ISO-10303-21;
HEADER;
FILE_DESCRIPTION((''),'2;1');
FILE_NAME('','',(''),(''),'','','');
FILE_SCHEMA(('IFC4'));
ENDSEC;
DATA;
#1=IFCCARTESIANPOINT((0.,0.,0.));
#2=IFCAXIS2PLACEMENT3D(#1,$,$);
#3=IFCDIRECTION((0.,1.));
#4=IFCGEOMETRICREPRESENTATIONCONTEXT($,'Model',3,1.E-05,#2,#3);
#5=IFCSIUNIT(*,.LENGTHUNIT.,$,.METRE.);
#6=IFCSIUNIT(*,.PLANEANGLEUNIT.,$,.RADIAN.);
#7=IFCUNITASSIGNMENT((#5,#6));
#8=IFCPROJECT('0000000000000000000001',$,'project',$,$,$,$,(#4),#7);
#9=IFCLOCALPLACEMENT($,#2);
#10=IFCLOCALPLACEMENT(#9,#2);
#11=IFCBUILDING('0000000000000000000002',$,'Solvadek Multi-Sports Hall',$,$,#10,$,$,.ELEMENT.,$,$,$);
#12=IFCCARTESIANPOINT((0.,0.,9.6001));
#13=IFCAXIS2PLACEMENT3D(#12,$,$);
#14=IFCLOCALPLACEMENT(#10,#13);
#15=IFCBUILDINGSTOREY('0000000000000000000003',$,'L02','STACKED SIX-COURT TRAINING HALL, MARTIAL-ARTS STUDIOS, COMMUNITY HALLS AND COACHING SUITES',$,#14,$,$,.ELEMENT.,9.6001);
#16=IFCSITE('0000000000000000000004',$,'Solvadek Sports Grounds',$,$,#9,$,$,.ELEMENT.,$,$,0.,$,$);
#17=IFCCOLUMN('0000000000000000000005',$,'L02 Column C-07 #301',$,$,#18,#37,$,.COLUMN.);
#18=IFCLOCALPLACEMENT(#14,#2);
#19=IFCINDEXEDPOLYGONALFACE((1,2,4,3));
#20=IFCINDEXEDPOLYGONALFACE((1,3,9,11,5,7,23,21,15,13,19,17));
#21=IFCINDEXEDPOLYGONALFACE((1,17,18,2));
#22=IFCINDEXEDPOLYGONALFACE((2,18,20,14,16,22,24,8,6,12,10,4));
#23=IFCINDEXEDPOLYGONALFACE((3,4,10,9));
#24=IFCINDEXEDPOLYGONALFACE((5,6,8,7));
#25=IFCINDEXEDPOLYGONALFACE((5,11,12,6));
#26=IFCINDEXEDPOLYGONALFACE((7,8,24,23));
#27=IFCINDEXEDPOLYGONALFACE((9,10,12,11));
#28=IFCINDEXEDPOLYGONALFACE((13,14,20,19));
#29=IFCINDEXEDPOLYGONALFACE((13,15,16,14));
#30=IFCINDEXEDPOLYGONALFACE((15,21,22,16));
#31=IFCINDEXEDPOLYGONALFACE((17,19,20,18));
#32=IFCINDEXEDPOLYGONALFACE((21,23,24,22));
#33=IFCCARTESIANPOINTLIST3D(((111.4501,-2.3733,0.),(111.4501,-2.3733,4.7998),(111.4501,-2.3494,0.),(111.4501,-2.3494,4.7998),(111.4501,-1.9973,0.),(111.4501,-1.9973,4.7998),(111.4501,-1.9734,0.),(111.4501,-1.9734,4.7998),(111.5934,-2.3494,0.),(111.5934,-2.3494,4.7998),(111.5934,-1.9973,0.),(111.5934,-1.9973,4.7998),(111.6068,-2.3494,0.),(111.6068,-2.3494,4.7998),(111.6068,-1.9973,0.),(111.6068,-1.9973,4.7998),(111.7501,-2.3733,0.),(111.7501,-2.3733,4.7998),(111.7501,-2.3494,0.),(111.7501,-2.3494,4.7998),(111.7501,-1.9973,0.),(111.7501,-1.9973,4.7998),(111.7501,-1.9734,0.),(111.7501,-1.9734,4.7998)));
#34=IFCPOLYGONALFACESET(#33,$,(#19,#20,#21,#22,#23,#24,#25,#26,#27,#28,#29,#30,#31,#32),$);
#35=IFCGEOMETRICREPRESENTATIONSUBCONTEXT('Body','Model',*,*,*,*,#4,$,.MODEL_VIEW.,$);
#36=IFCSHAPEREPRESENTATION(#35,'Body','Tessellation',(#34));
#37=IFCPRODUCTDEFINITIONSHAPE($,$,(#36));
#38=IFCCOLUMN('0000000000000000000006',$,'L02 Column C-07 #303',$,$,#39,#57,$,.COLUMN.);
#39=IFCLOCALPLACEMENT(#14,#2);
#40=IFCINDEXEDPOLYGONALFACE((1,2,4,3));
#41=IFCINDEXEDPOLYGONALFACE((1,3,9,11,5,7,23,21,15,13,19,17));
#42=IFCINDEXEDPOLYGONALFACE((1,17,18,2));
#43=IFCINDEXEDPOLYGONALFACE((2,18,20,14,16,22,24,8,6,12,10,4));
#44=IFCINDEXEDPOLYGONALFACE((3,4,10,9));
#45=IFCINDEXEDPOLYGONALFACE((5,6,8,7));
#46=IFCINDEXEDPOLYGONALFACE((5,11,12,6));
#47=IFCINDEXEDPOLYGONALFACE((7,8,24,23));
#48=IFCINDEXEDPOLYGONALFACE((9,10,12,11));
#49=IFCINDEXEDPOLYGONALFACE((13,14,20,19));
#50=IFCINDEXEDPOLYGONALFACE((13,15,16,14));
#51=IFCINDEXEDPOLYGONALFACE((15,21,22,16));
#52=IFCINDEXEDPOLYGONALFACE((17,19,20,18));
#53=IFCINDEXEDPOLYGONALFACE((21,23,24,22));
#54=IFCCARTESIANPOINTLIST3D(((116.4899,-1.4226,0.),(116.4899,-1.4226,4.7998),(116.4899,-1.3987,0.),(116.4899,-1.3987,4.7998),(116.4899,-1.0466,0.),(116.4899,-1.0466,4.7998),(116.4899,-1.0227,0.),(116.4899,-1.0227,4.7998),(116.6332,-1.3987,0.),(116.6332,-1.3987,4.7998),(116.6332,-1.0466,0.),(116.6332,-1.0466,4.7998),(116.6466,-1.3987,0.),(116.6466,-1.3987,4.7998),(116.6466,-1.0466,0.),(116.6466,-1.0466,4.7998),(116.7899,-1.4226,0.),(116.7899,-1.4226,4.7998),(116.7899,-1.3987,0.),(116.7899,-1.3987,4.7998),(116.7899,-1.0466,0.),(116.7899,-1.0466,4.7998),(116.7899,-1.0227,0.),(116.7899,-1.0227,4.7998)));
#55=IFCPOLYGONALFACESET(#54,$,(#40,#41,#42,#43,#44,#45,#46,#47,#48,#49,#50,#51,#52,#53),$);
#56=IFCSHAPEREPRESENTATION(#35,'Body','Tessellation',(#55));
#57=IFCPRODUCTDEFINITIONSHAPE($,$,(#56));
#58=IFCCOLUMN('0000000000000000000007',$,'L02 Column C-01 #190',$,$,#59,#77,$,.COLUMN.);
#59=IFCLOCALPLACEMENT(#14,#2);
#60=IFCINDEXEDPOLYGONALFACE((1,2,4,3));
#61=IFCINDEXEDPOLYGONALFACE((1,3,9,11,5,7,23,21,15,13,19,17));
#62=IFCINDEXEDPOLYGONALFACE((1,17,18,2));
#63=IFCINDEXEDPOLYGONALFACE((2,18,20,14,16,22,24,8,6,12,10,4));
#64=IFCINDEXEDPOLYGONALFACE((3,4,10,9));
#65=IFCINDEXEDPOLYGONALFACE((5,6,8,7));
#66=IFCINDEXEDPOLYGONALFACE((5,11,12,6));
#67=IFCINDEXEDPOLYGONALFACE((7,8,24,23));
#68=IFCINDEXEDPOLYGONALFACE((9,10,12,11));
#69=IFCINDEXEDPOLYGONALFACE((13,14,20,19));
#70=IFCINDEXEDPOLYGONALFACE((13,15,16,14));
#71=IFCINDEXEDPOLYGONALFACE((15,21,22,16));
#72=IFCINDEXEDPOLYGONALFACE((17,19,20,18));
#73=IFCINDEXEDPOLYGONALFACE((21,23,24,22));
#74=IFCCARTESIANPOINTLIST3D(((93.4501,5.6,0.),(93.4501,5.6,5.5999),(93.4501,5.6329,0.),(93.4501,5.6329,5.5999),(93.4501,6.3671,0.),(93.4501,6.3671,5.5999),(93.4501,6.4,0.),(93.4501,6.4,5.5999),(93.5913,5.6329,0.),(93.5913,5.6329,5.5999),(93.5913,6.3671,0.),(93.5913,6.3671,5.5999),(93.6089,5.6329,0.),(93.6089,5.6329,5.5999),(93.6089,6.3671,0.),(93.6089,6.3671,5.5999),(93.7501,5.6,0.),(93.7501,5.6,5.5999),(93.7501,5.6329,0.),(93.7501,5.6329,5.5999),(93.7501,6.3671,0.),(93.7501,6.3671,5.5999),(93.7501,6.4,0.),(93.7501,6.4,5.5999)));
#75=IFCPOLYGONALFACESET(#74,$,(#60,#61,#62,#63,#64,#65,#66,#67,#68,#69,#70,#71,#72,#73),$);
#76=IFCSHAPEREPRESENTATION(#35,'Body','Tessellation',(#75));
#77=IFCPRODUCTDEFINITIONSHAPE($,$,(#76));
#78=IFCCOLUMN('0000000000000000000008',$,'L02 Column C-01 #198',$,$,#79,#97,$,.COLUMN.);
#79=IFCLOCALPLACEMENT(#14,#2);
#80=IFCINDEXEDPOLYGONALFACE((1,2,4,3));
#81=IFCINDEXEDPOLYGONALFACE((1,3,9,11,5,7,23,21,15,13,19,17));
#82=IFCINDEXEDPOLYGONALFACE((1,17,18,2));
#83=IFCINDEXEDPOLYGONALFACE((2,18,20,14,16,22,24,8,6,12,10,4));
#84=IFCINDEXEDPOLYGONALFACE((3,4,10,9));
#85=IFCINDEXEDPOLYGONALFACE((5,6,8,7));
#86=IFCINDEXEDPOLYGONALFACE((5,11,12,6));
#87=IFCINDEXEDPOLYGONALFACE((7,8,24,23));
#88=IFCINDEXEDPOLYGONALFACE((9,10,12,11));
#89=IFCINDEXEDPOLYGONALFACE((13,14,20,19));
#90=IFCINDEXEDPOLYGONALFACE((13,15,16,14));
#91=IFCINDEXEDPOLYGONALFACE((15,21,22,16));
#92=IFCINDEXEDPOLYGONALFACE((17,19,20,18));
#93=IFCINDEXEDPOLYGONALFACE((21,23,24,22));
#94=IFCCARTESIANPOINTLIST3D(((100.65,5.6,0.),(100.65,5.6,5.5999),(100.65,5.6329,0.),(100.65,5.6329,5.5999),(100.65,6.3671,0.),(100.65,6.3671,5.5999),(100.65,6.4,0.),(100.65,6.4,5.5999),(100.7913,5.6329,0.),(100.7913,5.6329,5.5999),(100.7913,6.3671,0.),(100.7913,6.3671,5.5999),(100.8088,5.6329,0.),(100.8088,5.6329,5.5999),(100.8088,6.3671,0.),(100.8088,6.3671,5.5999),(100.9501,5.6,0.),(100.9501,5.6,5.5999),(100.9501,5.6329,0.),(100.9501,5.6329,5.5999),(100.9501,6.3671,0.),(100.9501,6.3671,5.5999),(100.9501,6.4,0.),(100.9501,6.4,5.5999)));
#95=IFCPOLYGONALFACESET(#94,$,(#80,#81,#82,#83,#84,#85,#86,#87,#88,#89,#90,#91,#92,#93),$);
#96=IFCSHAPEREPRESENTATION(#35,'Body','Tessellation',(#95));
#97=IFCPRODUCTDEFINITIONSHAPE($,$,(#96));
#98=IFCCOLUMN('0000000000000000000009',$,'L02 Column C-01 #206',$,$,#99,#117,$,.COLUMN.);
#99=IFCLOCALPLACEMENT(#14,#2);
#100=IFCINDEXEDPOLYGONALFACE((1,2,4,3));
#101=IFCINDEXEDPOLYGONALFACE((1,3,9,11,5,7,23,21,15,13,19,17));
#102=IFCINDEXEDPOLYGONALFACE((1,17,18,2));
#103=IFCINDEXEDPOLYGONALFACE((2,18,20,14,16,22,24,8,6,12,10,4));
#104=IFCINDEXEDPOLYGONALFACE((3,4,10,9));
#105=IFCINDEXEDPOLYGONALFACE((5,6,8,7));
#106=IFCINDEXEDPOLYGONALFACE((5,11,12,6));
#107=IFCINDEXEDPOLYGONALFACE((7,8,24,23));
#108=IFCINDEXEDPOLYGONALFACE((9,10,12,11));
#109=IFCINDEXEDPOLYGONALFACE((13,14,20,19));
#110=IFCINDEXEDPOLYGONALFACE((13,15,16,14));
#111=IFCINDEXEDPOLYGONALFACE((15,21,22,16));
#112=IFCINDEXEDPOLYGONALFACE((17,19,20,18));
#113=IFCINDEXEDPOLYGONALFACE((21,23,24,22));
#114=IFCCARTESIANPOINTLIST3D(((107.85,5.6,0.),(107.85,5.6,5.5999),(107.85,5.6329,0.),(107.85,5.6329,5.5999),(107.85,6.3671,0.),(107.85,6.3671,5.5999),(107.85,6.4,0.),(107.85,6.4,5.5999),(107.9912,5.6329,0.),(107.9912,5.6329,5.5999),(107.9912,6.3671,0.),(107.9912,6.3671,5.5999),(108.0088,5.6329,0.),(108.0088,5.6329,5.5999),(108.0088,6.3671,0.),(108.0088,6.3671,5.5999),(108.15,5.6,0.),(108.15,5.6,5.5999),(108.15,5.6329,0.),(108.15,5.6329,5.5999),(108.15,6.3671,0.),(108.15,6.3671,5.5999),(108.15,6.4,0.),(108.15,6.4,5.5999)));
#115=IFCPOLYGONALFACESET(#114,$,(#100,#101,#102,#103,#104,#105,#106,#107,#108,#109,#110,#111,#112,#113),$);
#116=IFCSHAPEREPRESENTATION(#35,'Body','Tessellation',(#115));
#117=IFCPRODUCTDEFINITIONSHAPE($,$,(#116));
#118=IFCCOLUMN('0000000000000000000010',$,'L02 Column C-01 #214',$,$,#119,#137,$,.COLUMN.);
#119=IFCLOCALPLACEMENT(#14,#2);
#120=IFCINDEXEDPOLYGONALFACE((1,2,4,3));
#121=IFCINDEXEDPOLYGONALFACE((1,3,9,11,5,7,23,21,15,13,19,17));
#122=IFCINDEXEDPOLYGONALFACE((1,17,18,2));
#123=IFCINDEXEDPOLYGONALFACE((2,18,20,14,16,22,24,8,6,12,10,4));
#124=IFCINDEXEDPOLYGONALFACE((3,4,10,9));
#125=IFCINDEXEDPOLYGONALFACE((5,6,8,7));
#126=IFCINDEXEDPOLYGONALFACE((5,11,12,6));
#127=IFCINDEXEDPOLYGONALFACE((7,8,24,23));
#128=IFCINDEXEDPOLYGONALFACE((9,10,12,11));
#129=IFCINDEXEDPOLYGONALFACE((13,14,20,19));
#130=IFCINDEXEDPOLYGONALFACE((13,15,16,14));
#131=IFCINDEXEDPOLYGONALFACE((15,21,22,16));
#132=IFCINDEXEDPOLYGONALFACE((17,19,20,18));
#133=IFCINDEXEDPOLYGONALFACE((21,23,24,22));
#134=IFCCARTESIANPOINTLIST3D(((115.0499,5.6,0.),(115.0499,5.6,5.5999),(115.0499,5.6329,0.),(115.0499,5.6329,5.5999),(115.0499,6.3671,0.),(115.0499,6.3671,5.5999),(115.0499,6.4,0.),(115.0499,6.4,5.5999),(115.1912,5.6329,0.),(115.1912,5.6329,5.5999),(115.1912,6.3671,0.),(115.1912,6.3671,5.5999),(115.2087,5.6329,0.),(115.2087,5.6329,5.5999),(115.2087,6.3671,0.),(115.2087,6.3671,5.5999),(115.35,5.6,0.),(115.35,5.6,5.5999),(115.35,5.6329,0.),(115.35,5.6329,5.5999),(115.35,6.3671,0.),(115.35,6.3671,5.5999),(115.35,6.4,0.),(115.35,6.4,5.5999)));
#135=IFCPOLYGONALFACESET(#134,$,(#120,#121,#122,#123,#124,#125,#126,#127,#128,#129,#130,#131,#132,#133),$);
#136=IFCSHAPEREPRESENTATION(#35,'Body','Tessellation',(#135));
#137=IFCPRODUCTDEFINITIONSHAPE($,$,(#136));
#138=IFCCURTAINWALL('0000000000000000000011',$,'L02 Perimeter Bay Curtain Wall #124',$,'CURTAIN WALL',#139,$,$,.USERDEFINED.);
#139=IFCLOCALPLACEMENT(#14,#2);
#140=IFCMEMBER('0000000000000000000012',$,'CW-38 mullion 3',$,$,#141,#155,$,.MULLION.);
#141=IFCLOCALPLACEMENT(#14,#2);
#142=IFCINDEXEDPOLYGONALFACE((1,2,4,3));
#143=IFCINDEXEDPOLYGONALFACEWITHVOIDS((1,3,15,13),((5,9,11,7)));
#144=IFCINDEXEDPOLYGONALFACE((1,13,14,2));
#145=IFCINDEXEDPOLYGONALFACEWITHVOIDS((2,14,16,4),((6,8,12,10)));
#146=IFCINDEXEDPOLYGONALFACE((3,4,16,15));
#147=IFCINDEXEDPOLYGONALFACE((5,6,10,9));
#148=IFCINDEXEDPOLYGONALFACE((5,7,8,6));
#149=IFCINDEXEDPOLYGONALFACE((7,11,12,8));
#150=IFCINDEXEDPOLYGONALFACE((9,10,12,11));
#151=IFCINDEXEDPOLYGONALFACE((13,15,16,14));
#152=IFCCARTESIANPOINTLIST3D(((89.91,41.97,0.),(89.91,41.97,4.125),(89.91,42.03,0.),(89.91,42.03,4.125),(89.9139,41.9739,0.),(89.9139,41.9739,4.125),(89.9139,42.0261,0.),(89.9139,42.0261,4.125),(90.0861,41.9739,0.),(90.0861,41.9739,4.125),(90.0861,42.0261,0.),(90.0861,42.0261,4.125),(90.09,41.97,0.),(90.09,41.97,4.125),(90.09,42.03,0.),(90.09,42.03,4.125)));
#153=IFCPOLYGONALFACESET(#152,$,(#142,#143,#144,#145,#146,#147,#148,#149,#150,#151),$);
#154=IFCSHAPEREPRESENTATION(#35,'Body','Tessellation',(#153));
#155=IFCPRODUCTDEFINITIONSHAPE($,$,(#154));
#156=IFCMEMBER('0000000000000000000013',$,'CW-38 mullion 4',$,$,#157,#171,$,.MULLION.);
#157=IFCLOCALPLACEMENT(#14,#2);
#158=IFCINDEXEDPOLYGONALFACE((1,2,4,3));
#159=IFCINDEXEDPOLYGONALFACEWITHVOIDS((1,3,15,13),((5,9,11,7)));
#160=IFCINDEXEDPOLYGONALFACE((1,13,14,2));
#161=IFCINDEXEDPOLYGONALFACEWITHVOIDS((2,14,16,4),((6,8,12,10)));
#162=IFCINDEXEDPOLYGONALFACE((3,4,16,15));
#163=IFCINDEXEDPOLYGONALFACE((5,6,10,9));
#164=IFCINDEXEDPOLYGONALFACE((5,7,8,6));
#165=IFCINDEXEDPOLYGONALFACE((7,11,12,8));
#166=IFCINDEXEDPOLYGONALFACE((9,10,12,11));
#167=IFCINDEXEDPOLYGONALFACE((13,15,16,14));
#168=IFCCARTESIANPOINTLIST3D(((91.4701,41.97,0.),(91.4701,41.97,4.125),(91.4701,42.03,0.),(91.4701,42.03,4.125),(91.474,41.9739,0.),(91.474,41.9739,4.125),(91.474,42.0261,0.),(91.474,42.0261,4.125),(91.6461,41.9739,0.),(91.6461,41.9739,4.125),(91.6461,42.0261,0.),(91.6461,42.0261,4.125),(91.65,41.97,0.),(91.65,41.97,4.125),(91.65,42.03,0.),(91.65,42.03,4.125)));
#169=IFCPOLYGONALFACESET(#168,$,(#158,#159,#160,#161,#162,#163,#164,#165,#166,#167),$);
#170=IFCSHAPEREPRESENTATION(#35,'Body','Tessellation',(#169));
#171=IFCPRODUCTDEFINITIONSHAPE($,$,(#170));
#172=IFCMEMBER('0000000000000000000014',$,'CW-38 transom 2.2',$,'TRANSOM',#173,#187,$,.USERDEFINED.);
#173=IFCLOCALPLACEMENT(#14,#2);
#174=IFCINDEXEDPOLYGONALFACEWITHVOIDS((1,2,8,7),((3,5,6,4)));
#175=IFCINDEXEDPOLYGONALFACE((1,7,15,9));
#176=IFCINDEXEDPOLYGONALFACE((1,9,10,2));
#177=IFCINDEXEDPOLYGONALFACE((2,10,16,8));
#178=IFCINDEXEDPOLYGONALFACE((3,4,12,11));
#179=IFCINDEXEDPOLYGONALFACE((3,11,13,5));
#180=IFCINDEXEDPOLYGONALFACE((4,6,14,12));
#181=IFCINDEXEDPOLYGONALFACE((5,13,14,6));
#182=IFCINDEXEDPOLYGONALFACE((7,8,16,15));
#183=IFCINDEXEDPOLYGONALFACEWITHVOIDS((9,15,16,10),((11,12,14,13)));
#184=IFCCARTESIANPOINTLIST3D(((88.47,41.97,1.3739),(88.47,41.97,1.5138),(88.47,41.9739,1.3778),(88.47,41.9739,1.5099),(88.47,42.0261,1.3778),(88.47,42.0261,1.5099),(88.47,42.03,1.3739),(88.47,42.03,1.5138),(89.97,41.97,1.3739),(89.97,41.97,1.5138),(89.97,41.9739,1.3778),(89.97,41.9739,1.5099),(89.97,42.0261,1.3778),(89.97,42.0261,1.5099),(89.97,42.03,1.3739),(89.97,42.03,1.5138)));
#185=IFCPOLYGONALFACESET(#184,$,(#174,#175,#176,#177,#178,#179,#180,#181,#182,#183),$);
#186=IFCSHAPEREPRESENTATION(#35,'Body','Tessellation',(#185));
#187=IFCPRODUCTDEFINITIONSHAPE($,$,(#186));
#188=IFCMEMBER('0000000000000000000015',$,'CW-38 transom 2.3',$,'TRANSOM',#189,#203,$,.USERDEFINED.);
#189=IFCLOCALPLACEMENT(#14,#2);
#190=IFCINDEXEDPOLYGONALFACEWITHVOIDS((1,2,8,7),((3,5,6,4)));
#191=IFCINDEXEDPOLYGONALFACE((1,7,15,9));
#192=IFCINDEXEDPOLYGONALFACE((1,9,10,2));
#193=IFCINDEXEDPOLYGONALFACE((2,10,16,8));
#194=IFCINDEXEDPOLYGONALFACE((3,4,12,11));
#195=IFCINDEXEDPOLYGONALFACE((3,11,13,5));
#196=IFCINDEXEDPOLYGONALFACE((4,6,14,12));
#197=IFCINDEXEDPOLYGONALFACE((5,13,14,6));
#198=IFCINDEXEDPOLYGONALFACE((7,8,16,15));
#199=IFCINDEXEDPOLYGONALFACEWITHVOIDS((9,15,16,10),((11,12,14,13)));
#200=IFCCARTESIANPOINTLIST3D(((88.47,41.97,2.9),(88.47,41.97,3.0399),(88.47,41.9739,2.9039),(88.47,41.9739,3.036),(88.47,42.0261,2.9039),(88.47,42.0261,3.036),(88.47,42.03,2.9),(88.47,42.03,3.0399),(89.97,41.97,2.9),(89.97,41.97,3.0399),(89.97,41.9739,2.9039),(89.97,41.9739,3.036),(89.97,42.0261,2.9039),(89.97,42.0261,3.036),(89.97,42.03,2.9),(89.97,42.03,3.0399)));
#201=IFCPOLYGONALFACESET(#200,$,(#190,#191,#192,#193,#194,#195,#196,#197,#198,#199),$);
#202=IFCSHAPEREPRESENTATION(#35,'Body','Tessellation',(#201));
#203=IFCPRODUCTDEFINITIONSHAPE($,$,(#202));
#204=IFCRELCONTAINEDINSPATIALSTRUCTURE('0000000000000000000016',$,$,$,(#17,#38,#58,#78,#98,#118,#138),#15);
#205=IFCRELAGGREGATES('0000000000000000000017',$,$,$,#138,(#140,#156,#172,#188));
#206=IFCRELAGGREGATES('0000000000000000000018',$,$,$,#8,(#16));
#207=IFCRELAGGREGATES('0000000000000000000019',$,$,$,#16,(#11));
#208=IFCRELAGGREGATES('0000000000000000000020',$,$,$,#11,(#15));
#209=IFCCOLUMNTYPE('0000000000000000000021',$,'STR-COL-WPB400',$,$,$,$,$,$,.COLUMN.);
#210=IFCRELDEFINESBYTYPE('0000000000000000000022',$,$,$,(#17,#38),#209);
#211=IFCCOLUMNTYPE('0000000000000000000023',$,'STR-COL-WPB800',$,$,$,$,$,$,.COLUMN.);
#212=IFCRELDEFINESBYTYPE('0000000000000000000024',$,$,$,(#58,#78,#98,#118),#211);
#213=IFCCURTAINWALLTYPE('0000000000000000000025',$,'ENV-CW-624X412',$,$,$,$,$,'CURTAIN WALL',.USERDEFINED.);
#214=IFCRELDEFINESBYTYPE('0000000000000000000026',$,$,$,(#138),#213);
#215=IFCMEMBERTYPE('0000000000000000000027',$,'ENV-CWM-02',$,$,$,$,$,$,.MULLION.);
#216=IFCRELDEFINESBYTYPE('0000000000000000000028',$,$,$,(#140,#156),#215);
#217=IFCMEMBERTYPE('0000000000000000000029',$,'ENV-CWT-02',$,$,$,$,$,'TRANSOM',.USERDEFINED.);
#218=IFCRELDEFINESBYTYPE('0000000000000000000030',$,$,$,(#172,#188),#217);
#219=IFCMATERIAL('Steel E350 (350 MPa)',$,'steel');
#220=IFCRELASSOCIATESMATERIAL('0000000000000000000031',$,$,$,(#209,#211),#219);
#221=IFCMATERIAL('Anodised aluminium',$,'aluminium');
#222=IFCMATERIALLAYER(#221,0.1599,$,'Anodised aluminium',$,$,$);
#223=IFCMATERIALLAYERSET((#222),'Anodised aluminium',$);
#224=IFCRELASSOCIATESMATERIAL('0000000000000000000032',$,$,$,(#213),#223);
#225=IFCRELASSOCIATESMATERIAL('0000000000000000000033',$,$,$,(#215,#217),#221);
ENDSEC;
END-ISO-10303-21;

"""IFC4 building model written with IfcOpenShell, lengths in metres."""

from ifc_helpers import new_model, si_unit, direction, frame, origin, origin_2d, place, context, subcontext, project, spatial, hollow_rectangle, i_section, extrude, material, layer, layer_set, material_profile, profile_set, type_object, element, aggregate, save


model = new_model("IFC4")

# Units and contexts
model_context = context("Model", 3, precision=1e-05, world=origin(), true_north=direction((0.0, 1.0)))
body_context = subcontext(model_context, "Body", "Model", "MODEL_VIEW")
ifc_project = project(units=[si_unit("LENGTHUNIT", "METRE"), si_unit("PLANEANGLEUNIT", "RADIAN")], contexts=[model_context])

# Site, building, storey
site_placement = place(None, origin())
site = spatial("IfcSite", under=ifc_project, at=site_placement, Name="Solvadek Sports Grounds", CompositionType="ELEMENT", RefElevation=0.0)
building_placement = place(site_placement, origin())
building = spatial("IfcBuilding", under=site, at=building_placement, Name="Solvadek Multi-Sports Hall", CompositionType="ELEMENT")
storey_placement = place(building_placement, frame((0.0, 0.0, 9.6001)))
storey = spatial("IfcBuildingStorey", under=building, at=storey_placement, Name="L02", Description="STACKED SIX-COURT TRAINING HALL, MARTIAL-ARTS STUDIOS, COMMUNITY HALLS AND COACHING SUITES", CompositionType="ELEMENT", Elevation=9.6001)

# Columns
ifc_material_1 = material(Name="Steel E350 (350 MPa)", Category="steel")
ifc_material_profile_1 = material_profile(ifc_material_1, i_section(OverallWidth=0.3, OverallDepth=0.3999, WebThickness=0.0134, FlangeThickness=0.0239, at=origin_2d()), Name="WPB 400")
ifc_profile_set_1 = profile_set([ifc_material_profile_1], Name="Steel E350 (350 MPa)")
column_type_1 = type_object("IfcColumnType", Name="STR-COL-WPB400", PredefinedType="COLUMN", material=ifc_profile_set_1)
for number, where, z_axis, x_axis, name in (
    (1, (111.6001, -2.1733, 0.0), (0.0, 0.0, 1.0), (1.0, 0.0, 0.0), "L02 Column C-07 #301"),
    (2, (116.6399, -1.2227, 0.0), (0.0, 0.0, 1.0), (1.0, 0.0, 0.0), "L02 Column C-07 #303"),
):
    element("IfcColumn", number, at=place(storey_placement, frame(where, z_axis=z_axis, x_axis=x_axis)), inside=storey, type_object=column_type_1, Name=name, PredefinedType="COLUMN", context=body_context, shape_type="SweptSolid", body=[
        extrude(i_section(OverallWidth=0.3, OverallDepth=0.3999, WebThickness=0.0134, FlangeThickness=0.0239, at=origin_2d()), origin(), (0.0, 0.0, 1.0), 4.7998),
    ])
ifc_material_profile_2 = material_profile(ifc_material_1, i_section(OverallWidth=0.3, OverallDepth=0.8, WebThickness=0.0176, FlangeThickness=0.033, at=origin_2d()), Name="WPB 800")
ifc_profile_set_2 = profile_set([ifc_material_profile_2], Name="Steel E350 (350 MPa)")
column_type_2 = type_object("IfcColumnType", Name="STR-COL-WPB800", PredefinedType="COLUMN", material=ifc_profile_set_2)
for number, where, z_axis, x_axis, name in (
    (3, (93.6001, 6.0, 0.0), (0.0, 0.0, 1.0), (1.0, 0.0, 0.0), "L02 Column C-01 #190"),
    (4, (100.8, 6.0, 0.0), (0.0, 0.0, 1.0), (1.0, 0.0, 0.0), "L02 Column C-01 #198"),
    (5, (108.0, 6.0, 0.0), (0.0, 0.0, 1.0), (1.0, 0.0, 0.0), "L02 Column C-01 #206"),
    (6, (115.2, 6.0, 0.0), (0.0, 0.0, 1.0), (1.0, 0.0, 0.0), "L02 Column C-01 #214"),
):
    element("IfcColumn", number, at=place(storey_placement, frame(where, z_axis=z_axis, x_axis=x_axis)), inside=storey, type_object=column_type_2, Name=name, PredefinedType="COLUMN", context=body_context, shape_type="SweptSolid", body=[
        extrude(i_section(OverallWidth=0.3, OverallDepth=0.8, WebThickness=0.0176, FlangeThickness=0.033, at=origin_2d()), origin(), (0.0, 0.0, 1.0), 5.5999),
    ])

# Curtain wall, members
ifc_material_2 = material(Name="Anodised aluminium", Category="aluminium")
ifc_layer_1 = layer(ifc_material_2, 0.1599, Name="Anodised aluminium")
ifc_layer_set_1 = layer_set([ifc_layer_1], Name="Anodised aluminium")
curtain_wall_type = type_object("IfcCurtainWallType", Name="ENV-CW-624X412", ElementType="CURTAIN WALL", PredefinedType="USERDEFINED", material=ifc_layer_set_1)
curtain_wall_placement = place(storey_placement, origin())
curtain_wall = element("IfcCurtainWall", 7, at=curtain_wall_placement, inside=storey, type_object=curtain_wall_type, Name="L02 Perimeter Bay Curtain Wall #124", ObjectType="CURTAIN WALL", PredefinedType="USERDEFINED")
ifc_material_profile_3 = material_profile(ifc_material_2, hollow_rectangle(XDim=0.0601, YDim=0.1799, WallThickness=0.0039, at=origin_2d()), Name="ALU-M 180x60x4")
ifc_profile_set_3 = profile_set([ifc_material_profile_3], Name="Anodised aluminium")
member_type_1 = type_object("IfcMemberType", Name="ENV-CWM-02", PredefinedType="MULLION", material=ifc_profile_set_3)
member_1_placement = place(storey_placement, frame((90.0, 42.0, 0.0), z_axis=(0.0, 0.0, 1.0), x_axis=(0.0, 1.0, 0.0)))
member_1 = element("IfcMember", 8, at=member_1_placement, type_object=member_type_1, Name="CW-38 mullion 3", PredefinedType="MULLION", context=body_context, shape_type="SweptSolid", body=[
    extrude(hollow_rectangle(XDim=0.0601, YDim=0.1799, WallThickness=0.0039, at=origin_2d()), origin(), (0.0, 0.0, 1.0), 4.125),
])
member_2_placement = place(storey_placement, frame((91.5601, 42.0, 0.0), z_axis=(0.0, 0.0, 1.0), x_axis=(0.0, 1.0, 0.0)))
member_2 = element("IfcMember", 9, at=member_2_placement, type_object=member_type_1, Name="CW-38 mullion 4", PredefinedType="MULLION", context=body_context, shape_type="SweptSolid", body=[
    extrude(hollow_rectangle(XDim=0.0601, YDim=0.1799, WallThickness=0.0039, at=origin_2d()), origin(), (0.0, 0.0, 1.0), 4.125),
])
ifc_material_profile_4 = material_profile(ifc_material_2, hollow_rectangle(XDim=0.0601, YDim=0.1399, WallThickness=0.0039, at=origin_2d()), Name="ALU-T 140x60x4")
ifc_profile_set_4 = profile_set([ifc_material_profile_4], Name="Anodised aluminium")
member_type_2 = type_object("IfcMemberType", Name="ENV-CWT-02", ElementType="TRANSOM", PredefinedType="USERDEFINED", material=ifc_profile_set_4)
member_3_placement = place(storey_placement, frame((88.47, 42.0, 1.4438), z_axis=(1.0, 0.0, 0.0), x_axis=(0.0, 1.0, 0.0)))
member_3 = element("IfcMember", 10, at=member_3_placement, type_object=member_type_2, Name="CW-38 transom 2.2", ObjectType="TRANSOM", PredefinedType="USERDEFINED", context=body_context, shape_type="SweptSolid", body=[
    extrude(hollow_rectangle(XDim=0.0601, YDim=0.1399, WallThickness=0.0039, at=origin_2d()), origin(), (0.0, 0.0, 1.0), 1.5),
])
member_4_placement = place(storey_placement, frame((88.47, 42.0, 2.97), z_axis=(1.0, 0.0, 0.0), x_axis=(0.0, 1.0, 0.0)))
member_4 = element("IfcMember", 11, at=member_4_placement, type_object=member_type_2, Name="CW-38 transom 2.3", ObjectType="TRANSOM", PredefinedType="USERDEFINED", context=body_context, shape_type="SweptSolid", body=[
    extrude(hollow_rectangle(XDim=0.0601, YDim=0.1399, WallThickness=0.0039, at=origin_2d()), origin(), (0.0, 0.0, 1.0), 1.5),
])

aggregate(curtain_wall, [member_1, member_2, member_3, member_4])

save(model, "model.ifc")
